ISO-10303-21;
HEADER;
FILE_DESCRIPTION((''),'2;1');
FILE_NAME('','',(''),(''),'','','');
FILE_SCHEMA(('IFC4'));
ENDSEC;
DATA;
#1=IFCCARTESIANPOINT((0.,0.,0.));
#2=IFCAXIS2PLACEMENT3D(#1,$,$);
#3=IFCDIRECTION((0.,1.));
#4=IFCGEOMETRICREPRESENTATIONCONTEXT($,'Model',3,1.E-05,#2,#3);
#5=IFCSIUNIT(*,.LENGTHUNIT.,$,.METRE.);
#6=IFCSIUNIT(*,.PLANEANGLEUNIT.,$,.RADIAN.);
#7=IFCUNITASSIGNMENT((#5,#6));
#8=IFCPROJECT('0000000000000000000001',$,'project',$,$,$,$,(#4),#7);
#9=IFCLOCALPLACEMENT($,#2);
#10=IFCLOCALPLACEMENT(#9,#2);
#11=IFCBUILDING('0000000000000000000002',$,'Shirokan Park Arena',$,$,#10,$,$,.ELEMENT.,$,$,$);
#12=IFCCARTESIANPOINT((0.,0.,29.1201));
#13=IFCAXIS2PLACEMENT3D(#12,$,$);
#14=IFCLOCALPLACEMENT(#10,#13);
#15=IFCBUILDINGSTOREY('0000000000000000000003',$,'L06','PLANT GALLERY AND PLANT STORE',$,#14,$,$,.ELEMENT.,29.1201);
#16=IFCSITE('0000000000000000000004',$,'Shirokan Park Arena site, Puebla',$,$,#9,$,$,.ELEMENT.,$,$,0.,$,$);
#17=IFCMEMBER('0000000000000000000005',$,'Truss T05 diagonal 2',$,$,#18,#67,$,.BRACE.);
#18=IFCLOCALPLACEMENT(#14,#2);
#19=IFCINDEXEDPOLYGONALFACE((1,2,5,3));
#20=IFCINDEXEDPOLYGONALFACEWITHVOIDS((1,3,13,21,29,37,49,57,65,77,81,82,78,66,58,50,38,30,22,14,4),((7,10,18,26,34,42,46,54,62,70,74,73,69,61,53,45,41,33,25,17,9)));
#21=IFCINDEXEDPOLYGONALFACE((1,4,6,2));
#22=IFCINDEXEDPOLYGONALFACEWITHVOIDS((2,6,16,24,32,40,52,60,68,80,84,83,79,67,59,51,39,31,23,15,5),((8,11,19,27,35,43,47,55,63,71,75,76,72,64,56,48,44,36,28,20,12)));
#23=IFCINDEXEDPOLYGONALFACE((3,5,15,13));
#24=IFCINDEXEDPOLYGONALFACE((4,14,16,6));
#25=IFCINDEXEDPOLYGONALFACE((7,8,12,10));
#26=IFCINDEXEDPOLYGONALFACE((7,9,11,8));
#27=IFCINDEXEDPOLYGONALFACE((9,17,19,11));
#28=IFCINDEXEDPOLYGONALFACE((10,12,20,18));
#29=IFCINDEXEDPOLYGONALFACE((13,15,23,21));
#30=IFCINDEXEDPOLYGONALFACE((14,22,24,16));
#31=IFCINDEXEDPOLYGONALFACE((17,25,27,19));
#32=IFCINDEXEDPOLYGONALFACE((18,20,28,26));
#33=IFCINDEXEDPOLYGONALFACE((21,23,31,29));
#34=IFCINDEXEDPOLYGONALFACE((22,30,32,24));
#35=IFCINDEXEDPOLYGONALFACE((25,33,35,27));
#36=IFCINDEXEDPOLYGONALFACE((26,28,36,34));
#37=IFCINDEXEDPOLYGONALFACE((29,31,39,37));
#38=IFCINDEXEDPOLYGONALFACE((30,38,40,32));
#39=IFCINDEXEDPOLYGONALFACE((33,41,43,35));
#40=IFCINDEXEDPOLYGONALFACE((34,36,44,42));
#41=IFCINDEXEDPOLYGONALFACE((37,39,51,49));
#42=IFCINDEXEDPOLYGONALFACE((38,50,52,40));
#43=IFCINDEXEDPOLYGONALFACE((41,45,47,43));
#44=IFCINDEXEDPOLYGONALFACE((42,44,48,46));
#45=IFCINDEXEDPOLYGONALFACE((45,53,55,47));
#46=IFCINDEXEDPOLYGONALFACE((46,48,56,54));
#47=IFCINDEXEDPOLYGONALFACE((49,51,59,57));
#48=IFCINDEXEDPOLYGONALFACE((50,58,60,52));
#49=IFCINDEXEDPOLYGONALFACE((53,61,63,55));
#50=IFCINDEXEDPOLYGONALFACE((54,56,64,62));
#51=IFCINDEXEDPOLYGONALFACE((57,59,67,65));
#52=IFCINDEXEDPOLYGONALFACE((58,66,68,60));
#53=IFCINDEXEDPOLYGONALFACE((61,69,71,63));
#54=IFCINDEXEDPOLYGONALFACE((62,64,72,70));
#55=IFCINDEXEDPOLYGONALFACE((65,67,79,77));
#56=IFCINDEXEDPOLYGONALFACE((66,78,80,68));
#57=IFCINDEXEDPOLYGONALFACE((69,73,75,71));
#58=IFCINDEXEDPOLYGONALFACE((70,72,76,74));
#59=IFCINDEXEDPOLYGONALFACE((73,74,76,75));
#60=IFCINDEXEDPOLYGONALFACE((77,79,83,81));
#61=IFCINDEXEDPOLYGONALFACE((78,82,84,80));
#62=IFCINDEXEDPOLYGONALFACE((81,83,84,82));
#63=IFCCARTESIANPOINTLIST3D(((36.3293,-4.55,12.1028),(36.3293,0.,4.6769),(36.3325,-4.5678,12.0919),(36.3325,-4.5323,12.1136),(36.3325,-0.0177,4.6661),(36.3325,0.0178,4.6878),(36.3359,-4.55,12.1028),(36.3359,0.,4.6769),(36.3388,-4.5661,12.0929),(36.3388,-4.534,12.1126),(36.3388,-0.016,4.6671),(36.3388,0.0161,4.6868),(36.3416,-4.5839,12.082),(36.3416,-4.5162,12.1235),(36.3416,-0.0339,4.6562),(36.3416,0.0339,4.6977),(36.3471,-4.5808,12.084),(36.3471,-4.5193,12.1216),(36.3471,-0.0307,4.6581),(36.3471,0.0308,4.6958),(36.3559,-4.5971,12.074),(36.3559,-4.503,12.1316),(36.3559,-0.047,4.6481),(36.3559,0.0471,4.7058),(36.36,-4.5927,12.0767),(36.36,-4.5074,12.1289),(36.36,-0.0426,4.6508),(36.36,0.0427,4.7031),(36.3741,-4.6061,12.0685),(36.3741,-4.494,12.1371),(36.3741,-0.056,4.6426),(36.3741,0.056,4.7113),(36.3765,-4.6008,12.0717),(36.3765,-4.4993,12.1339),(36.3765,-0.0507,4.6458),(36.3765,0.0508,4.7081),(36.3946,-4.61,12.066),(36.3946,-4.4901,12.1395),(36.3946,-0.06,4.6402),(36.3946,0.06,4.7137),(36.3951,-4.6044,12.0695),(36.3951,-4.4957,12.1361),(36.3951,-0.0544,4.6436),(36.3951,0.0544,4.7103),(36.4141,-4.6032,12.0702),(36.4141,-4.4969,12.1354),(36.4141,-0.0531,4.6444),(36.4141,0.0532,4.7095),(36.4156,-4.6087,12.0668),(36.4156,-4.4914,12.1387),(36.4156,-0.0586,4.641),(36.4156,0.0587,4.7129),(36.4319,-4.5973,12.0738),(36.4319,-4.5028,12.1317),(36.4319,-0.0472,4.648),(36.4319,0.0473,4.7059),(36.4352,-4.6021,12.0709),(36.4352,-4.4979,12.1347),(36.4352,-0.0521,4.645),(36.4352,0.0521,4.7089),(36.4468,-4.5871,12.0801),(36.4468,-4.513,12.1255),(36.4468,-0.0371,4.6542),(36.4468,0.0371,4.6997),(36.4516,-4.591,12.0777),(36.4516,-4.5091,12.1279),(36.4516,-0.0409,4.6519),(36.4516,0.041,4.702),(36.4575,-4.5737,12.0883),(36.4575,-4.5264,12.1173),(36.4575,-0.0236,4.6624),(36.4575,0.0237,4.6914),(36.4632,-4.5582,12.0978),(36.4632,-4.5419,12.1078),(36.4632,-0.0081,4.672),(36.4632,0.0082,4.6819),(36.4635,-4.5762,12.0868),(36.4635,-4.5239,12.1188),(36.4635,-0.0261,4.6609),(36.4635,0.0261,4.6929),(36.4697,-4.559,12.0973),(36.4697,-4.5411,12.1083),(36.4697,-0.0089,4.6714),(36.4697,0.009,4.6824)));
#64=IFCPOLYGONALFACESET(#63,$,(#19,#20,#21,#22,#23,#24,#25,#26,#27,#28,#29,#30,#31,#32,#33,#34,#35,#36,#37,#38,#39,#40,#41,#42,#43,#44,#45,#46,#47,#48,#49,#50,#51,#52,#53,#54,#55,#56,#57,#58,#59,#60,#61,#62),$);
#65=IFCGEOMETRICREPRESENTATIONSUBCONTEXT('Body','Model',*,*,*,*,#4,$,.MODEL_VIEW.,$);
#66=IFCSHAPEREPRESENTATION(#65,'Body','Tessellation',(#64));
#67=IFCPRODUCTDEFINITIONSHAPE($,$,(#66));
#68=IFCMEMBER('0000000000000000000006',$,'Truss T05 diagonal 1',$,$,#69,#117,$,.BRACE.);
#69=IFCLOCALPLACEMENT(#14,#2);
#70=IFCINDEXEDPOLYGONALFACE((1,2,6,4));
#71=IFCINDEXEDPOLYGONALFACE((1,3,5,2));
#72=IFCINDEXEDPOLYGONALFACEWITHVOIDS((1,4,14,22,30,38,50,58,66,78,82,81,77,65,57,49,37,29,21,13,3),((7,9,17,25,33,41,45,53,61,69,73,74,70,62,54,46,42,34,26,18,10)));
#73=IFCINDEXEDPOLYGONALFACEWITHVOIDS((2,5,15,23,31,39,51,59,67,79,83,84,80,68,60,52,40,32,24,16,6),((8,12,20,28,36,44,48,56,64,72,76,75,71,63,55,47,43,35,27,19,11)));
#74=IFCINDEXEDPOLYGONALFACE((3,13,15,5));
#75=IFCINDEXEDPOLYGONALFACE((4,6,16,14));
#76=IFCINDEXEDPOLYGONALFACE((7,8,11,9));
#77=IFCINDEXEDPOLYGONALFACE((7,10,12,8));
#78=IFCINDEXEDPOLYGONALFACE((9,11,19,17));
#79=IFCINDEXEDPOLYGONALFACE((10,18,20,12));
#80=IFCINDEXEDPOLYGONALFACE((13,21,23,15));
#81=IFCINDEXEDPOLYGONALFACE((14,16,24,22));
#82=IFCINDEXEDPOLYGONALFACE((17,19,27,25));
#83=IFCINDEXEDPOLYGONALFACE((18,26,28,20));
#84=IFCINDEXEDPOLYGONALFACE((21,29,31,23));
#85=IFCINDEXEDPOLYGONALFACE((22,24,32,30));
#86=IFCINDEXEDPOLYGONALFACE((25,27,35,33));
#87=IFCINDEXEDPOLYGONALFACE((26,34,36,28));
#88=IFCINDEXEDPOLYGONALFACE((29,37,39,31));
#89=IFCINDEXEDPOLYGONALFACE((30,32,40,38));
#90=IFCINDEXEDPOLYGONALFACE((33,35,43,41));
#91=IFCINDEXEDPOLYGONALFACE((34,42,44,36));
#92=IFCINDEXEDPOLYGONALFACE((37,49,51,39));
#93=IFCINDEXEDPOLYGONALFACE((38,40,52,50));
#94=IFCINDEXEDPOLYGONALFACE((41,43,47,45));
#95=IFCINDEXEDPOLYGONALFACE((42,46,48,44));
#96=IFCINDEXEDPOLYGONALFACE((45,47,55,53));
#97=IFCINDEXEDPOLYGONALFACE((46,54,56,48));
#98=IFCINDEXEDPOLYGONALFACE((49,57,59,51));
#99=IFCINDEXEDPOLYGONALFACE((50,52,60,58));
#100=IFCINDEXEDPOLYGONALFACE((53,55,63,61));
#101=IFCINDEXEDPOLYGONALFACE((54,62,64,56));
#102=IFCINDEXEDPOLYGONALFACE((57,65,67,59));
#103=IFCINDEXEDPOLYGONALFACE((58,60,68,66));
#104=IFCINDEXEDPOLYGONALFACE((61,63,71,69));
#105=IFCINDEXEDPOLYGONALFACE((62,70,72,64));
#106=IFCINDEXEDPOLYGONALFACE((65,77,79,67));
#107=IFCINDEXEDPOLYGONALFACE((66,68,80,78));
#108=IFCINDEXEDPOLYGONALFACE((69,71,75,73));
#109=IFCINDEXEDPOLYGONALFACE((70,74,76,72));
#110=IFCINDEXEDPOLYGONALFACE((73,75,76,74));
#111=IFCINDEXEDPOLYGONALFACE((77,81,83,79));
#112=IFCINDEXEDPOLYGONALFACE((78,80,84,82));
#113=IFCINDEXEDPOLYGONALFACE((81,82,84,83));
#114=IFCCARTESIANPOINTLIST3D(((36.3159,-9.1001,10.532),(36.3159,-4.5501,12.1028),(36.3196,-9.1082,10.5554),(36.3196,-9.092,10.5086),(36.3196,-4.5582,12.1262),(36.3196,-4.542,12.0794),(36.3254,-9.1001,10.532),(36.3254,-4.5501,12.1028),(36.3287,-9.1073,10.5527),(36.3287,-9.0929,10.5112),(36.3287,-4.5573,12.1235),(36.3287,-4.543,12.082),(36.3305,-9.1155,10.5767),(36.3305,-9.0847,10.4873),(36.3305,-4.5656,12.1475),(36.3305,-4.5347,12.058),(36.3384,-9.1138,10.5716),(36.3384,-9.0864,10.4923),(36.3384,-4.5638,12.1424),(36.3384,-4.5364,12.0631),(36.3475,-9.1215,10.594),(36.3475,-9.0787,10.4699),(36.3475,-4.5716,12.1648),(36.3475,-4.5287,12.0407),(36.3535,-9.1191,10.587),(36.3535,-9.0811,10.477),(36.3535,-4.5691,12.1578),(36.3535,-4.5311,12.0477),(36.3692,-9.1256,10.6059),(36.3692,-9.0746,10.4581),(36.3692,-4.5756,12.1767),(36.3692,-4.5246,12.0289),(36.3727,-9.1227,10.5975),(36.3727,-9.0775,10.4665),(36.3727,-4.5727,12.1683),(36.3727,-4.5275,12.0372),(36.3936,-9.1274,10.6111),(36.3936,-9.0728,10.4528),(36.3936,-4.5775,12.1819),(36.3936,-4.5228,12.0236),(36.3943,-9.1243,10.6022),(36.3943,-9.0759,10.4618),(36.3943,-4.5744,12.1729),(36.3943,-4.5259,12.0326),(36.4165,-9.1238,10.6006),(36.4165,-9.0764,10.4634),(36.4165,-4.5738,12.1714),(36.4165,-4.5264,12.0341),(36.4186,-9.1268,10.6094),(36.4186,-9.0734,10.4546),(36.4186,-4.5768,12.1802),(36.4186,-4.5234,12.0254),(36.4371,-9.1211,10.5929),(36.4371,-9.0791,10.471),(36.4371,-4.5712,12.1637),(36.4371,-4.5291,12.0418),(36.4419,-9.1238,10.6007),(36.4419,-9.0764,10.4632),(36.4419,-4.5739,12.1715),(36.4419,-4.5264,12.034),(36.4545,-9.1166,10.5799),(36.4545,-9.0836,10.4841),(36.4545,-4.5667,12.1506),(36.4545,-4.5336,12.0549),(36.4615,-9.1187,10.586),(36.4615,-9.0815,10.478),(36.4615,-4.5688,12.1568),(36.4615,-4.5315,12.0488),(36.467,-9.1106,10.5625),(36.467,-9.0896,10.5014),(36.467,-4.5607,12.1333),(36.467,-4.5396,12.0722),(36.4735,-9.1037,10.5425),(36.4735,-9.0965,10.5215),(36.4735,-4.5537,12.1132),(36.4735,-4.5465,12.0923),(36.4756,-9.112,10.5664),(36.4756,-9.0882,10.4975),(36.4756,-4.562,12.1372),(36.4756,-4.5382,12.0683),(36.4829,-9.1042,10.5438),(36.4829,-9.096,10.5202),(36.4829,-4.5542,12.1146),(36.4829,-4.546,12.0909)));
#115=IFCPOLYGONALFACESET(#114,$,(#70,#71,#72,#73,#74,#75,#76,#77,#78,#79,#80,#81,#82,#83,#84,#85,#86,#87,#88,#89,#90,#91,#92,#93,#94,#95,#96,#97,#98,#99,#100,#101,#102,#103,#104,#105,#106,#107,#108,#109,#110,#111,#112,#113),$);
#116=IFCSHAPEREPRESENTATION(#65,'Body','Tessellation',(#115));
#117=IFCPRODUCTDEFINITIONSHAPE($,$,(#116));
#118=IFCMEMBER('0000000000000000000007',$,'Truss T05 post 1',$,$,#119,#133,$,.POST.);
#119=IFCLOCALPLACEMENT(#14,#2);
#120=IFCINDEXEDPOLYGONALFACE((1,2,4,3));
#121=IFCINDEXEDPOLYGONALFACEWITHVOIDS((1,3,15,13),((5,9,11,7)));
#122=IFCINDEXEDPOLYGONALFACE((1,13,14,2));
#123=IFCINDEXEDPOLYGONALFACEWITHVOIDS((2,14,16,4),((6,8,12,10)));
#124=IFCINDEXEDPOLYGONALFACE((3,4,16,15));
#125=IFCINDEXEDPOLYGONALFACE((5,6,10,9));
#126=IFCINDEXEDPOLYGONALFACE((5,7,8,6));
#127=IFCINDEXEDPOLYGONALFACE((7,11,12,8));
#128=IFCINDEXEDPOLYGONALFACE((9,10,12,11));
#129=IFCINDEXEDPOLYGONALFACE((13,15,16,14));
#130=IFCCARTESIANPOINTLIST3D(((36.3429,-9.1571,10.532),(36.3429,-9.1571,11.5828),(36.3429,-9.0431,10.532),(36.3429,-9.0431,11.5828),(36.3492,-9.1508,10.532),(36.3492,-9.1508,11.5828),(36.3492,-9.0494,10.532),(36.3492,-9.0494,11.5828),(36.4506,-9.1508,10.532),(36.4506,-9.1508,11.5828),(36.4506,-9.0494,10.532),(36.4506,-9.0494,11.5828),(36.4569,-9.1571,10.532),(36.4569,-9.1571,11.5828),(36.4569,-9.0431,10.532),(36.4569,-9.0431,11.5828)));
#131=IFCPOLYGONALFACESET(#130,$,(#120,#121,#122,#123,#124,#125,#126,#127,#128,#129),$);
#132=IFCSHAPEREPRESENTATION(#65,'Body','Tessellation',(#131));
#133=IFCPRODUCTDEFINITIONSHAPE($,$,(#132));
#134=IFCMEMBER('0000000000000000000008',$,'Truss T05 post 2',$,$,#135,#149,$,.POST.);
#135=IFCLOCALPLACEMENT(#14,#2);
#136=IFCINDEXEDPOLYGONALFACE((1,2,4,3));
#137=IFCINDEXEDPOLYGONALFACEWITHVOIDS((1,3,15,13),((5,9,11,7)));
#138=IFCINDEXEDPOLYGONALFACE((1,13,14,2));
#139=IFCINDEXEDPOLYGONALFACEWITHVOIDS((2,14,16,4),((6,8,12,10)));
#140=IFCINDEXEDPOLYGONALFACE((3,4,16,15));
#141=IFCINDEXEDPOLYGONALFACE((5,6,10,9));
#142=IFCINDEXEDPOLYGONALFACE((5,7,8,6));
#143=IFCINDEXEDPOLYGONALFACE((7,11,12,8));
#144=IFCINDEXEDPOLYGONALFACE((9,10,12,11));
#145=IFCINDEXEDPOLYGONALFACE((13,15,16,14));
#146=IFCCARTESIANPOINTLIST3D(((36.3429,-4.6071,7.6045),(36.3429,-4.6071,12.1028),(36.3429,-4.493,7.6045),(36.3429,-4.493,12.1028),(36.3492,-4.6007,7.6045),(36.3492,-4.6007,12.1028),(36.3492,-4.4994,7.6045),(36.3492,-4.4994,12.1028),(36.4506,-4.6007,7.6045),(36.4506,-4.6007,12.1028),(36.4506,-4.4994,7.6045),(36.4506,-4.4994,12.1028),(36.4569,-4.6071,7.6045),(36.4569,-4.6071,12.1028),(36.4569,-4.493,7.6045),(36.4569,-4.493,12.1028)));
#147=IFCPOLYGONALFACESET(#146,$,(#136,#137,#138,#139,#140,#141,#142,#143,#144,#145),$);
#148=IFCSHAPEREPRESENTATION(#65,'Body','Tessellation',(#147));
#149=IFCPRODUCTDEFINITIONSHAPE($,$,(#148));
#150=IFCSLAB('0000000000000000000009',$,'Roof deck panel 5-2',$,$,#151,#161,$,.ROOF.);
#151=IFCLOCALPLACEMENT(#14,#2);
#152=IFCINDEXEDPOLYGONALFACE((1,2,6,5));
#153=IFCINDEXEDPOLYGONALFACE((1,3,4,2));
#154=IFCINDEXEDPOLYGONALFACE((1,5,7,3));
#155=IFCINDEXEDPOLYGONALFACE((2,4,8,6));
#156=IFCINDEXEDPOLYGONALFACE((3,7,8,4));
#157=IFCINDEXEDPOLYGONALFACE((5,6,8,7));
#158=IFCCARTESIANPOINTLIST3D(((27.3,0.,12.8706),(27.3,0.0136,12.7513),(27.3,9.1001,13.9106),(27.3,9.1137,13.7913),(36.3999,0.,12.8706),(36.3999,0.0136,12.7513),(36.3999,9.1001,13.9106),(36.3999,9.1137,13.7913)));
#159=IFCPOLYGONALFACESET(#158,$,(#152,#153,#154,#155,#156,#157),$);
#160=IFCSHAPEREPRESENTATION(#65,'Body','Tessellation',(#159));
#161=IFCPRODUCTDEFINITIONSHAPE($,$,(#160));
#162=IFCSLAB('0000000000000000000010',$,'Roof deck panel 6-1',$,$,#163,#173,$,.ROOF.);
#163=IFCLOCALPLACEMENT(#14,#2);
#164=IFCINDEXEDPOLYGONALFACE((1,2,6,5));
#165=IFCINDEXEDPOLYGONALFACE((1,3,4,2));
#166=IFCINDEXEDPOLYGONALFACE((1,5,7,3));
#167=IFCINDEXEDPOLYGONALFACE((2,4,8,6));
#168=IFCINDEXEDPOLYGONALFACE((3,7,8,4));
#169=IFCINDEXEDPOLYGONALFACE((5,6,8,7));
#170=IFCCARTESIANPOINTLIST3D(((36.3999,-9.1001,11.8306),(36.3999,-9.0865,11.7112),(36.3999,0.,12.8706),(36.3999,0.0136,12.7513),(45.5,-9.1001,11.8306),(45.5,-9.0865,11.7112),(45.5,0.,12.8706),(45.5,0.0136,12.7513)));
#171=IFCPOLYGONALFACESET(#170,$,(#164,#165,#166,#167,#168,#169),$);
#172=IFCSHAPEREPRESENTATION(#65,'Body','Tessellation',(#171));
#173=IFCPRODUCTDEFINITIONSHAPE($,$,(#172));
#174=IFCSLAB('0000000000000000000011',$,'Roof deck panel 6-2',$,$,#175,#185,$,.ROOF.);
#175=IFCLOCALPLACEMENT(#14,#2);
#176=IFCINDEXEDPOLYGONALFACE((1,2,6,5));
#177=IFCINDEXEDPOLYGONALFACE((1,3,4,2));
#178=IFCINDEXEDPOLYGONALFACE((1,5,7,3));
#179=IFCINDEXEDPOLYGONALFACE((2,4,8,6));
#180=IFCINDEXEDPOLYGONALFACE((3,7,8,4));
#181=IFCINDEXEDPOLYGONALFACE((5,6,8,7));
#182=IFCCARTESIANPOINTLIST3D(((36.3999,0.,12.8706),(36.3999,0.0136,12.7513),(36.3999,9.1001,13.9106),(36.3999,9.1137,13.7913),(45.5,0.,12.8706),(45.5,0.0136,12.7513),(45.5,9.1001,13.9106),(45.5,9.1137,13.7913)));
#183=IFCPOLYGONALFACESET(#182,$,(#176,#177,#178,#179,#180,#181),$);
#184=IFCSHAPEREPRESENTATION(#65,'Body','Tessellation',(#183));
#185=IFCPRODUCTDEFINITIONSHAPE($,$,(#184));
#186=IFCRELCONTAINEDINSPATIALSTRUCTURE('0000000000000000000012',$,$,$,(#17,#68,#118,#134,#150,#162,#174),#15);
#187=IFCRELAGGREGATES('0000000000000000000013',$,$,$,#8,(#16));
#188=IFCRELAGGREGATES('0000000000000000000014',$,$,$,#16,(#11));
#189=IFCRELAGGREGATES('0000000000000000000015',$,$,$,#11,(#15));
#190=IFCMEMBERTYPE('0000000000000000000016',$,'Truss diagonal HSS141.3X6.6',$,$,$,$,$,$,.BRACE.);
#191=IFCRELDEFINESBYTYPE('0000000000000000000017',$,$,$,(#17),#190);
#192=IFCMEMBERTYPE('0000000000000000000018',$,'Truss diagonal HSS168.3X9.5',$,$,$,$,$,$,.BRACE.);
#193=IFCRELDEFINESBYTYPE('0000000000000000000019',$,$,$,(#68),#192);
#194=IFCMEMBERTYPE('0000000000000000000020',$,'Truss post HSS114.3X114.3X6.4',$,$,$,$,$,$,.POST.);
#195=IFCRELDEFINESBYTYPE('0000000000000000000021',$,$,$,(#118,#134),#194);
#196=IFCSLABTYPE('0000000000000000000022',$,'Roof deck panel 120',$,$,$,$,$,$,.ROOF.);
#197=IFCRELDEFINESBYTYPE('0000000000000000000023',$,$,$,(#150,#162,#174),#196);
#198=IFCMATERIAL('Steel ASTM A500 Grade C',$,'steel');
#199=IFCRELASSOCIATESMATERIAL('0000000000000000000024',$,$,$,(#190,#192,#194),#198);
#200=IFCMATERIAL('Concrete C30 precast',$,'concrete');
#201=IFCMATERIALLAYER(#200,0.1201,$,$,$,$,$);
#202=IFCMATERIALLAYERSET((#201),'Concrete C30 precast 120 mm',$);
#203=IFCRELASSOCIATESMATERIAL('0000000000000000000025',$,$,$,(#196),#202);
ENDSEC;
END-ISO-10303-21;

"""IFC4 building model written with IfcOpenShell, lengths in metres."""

from ifc_helpers import new_model, si_unit, direction, frame, origin, origin_2d, place, context, subcontext, project, spatial, polyline, hollow_rectangle, hollow_circle, outline, extrude, material, layer, layer_set, material_profile, profile_set, type_object, element, save


model = new_model("IFC4")

# Units and contexts
model_context = context("Model", 3, precision=1e-05, world=origin(), true_north=direction((0.0, 1.0)))
body_context = subcontext(model_context, "Body", "Model", "MODEL_VIEW")
ifc_project = project(units=[si_unit("LENGTHUNIT", "METRE"), si_unit("PLANEANGLEUNIT", "RADIAN")], contexts=[model_context])

# Site, building, storey
site_placement = place(None, origin())
site = spatial("IfcSite", under=ifc_project, at=site_placement, Name="Shirokan Park Arena site, Puebla", CompositionType="ELEMENT", RefElevation=0.0)
building_placement = place(site_placement, origin())
building = spatial("IfcBuilding", under=site, at=building_placement, Name="Shirokan Park Arena", CompositionType="ELEMENT")
storey_placement = place(building_placement, frame((0.0, 0.0, 29.1201)))
storey = spatial("IfcBuildingStorey", under=building, at=storey_placement, Name="L06", Description="PLANT GALLERY AND PLANT STORE", CompositionType="ELEMENT", Elevation=29.1201)

# Members
ifc_material_1 = material(Name="Steel ASTM A500 Grade C", Category="steel")
ifc_material_profile_1 = material_profile(ifc_material_1, hollow_circle(Radius=0.0706, WallThickness=0.0066, at=origin_2d()), Name="HSS141.3X6.6")
ifc_profile_set_1 = profile_set([ifc_material_profile_1], Name="Steel ASTM A500 Grade C")
member_type_1 = type_object("IfcMemberType", Name="Truss diagonal HSS141.3X6.6", PredefinedType="BRACE", material=ifc_profile_set_1)
member_1_placement = place(storey_placement, frame((36.3999, -4.55, 12.1028), z_axis=(0.0, 0.522459, -0.852665), x_axis=(-1.0, 0.0, 0.0)))
element("IfcMember", 1, at=member_1_placement, inside=storey, type_object=member_type_1, Name="Truss T05 diagonal 2", PredefinedType="BRACE", context=body_context, shape_type="SweptSolid", body=[
    extrude(hollow_circle(Radius=0.0706, WallThickness=0.0066, at=origin_2d()), origin(), (0.0, 0.0, 1.0), 8.709),
])
ifc_material_profile_2 = material_profile(ifc_material_1, hollow_circle(Radius=0.084, WallThickness=0.0095, at=origin_2d()), Name="HSS168.3X9.5")
ifc_profile_set_2 = profile_set([ifc_material_profile_2], Name="Steel ASTM A500 Grade C")
member_type_2 = type_object("IfcMemberType", Name="Truss diagonal HSS168.3X9.5", PredefinedType="BRACE", material=ifc_profile_set_2)
member_2_placement = place(storey_placement, frame((36.3999, -9.1001, 10.532), z_axis=(0.0, 0.945256, 0.326328), x_axis=(-1.0, 0.0, 0.0)))
element("IfcMember", 2, at=member_2_placement, inside=storey, type_object=member_type_2, Name="Truss T05 diagonal 1", PredefinedType="BRACE", context=body_context, shape_type="SweptSolid", body=[
    extrude(hollow_circle(Radius=0.084, WallThickness=0.0095, at=origin_2d()), origin(), (0.0, 0.0, 1.0), 4.8135),
])
ifc_material_profile_3 = material_profile(ifc_material_1, hollow_rectangle(XDim=0.114, YDim=0.114, WallThickness=0.0063, at=origin_2d()), Name="HSS114.3X114.3X6.4")
ifc_profile_set_3 = profile_set([ifc_material_profile_3], Name="Steel ASTM A500 Grade C")
member_type_3 = type_object("IfcMemberType", Name="Truss post HSS114.3X114.3X6.4", PredefinedType="POST", material=ifc_profile_set_3)
member_3_placement = place(storey_placement, frame((36.3999, -9.1001, 10.532), z_axis=(0.0, 0.0, 1.0), x_axis=(1.0, 0.0, 0.0)))
element("IfcMember", 3, at=member_3_placement, inside=storey, type_object=member_type_3, Name="Truss T05 post 1", PredefinedType="POST", context=body_context, shape_type="SweptSolid", body=[
    extrude(hollow_rectangle(XDim=0.114, YDim=0.114, WallThickness=0.0063, at=origin_2d()), origin(), (0.0, 0.0, 1.0), 1.0508),
])
member_4_placement = place(storey_placement, frame((36.3999, -4.55, 7.6045), z_axis=(0.0, 0.0, 1.0), x_axis=(1.0, 0.0, 0.0)))
element("IfcMember", 4, at=member_4_placement, inside=storey, type_object=member_type_3, Name="Truss T05 post 2", PredefinedType="POST", context=body_context, shape_type="SweptSolid", body=[
    extrude(hollow_rectangle(XDim=0.114, YDim=0.114, WallThickness=0.0063, at=origin_2d()), origin(), (0.0, 0.0, 1.0), 4.4983),
])

# Slabs
ifc_material_2 = material(Name="Concrete C30 precast", Category="concrete")
ifc_layer_1 = layer(ifc_material_2, 0.1201)
ifc_layer_set_1 = layer_set([ifc_layer_1], Name="Concrete C30 precast 120 mm")
slab_type = type_object("IfcSlabType", Name="Roof deck panel 120", PredefinedType="ROOF", material=ifc_layer_set_1)
slab_placement = place(storey_placement, frame((27.3, 0.0, 12.8706), z_axis=(0.0, -0.11355, 0.993532), x_axis=(1.0, 0.0, 0.0)))
element("IfcSlab", 5, at=slab_placement, inside=storey, type_object=slab_type, Name="Roof deck panel 5-2", PredefinedType="ROOF", context=body_context, shape_type="SweptSolid", body=[
    extrude(outline(polyline([(0.0, 0.0), (9.0999, 0.0), (9.0999, 9.1593), (0.0, 9.1593), (0.0, 0.0)])), origin(), (0.0, 0.0, -1.0), 0.1201),
])
for number, where, z_axis, x_axis, name in (
    (6, (36.3999, -9.1001, 11.8306), (0.0, -0.11355, 0.993532), (1.0, 0.0, 0.0), "Roof deck panel 6-1"),
    (7, (36.3999, 0.0, 12.8706), (0.0, -0.11355, 0.993532), (1.0, 0.0, 0.0), "Roof deck panel 6-2"),
):
    element("IfcSlab", number, at=place(storey_placement, frame(where, z_axis=z_axis, x_axis=x_axis)), inside=storey, type_object=slab_type, Name=name, PredefinedType="ROOF", context=body_context, shape_type="SweptSolid", body=[
        extrude(outline(polyline([(0.0, 0.0), (9.1001, 0.0), (9.1001, 9.1593), (0.0, 9.1593), (0.0, 0.0)])), origin(), (0.0, 0.0, -1.0), 0.1201),
    ])

save(model, "model.ifc")
